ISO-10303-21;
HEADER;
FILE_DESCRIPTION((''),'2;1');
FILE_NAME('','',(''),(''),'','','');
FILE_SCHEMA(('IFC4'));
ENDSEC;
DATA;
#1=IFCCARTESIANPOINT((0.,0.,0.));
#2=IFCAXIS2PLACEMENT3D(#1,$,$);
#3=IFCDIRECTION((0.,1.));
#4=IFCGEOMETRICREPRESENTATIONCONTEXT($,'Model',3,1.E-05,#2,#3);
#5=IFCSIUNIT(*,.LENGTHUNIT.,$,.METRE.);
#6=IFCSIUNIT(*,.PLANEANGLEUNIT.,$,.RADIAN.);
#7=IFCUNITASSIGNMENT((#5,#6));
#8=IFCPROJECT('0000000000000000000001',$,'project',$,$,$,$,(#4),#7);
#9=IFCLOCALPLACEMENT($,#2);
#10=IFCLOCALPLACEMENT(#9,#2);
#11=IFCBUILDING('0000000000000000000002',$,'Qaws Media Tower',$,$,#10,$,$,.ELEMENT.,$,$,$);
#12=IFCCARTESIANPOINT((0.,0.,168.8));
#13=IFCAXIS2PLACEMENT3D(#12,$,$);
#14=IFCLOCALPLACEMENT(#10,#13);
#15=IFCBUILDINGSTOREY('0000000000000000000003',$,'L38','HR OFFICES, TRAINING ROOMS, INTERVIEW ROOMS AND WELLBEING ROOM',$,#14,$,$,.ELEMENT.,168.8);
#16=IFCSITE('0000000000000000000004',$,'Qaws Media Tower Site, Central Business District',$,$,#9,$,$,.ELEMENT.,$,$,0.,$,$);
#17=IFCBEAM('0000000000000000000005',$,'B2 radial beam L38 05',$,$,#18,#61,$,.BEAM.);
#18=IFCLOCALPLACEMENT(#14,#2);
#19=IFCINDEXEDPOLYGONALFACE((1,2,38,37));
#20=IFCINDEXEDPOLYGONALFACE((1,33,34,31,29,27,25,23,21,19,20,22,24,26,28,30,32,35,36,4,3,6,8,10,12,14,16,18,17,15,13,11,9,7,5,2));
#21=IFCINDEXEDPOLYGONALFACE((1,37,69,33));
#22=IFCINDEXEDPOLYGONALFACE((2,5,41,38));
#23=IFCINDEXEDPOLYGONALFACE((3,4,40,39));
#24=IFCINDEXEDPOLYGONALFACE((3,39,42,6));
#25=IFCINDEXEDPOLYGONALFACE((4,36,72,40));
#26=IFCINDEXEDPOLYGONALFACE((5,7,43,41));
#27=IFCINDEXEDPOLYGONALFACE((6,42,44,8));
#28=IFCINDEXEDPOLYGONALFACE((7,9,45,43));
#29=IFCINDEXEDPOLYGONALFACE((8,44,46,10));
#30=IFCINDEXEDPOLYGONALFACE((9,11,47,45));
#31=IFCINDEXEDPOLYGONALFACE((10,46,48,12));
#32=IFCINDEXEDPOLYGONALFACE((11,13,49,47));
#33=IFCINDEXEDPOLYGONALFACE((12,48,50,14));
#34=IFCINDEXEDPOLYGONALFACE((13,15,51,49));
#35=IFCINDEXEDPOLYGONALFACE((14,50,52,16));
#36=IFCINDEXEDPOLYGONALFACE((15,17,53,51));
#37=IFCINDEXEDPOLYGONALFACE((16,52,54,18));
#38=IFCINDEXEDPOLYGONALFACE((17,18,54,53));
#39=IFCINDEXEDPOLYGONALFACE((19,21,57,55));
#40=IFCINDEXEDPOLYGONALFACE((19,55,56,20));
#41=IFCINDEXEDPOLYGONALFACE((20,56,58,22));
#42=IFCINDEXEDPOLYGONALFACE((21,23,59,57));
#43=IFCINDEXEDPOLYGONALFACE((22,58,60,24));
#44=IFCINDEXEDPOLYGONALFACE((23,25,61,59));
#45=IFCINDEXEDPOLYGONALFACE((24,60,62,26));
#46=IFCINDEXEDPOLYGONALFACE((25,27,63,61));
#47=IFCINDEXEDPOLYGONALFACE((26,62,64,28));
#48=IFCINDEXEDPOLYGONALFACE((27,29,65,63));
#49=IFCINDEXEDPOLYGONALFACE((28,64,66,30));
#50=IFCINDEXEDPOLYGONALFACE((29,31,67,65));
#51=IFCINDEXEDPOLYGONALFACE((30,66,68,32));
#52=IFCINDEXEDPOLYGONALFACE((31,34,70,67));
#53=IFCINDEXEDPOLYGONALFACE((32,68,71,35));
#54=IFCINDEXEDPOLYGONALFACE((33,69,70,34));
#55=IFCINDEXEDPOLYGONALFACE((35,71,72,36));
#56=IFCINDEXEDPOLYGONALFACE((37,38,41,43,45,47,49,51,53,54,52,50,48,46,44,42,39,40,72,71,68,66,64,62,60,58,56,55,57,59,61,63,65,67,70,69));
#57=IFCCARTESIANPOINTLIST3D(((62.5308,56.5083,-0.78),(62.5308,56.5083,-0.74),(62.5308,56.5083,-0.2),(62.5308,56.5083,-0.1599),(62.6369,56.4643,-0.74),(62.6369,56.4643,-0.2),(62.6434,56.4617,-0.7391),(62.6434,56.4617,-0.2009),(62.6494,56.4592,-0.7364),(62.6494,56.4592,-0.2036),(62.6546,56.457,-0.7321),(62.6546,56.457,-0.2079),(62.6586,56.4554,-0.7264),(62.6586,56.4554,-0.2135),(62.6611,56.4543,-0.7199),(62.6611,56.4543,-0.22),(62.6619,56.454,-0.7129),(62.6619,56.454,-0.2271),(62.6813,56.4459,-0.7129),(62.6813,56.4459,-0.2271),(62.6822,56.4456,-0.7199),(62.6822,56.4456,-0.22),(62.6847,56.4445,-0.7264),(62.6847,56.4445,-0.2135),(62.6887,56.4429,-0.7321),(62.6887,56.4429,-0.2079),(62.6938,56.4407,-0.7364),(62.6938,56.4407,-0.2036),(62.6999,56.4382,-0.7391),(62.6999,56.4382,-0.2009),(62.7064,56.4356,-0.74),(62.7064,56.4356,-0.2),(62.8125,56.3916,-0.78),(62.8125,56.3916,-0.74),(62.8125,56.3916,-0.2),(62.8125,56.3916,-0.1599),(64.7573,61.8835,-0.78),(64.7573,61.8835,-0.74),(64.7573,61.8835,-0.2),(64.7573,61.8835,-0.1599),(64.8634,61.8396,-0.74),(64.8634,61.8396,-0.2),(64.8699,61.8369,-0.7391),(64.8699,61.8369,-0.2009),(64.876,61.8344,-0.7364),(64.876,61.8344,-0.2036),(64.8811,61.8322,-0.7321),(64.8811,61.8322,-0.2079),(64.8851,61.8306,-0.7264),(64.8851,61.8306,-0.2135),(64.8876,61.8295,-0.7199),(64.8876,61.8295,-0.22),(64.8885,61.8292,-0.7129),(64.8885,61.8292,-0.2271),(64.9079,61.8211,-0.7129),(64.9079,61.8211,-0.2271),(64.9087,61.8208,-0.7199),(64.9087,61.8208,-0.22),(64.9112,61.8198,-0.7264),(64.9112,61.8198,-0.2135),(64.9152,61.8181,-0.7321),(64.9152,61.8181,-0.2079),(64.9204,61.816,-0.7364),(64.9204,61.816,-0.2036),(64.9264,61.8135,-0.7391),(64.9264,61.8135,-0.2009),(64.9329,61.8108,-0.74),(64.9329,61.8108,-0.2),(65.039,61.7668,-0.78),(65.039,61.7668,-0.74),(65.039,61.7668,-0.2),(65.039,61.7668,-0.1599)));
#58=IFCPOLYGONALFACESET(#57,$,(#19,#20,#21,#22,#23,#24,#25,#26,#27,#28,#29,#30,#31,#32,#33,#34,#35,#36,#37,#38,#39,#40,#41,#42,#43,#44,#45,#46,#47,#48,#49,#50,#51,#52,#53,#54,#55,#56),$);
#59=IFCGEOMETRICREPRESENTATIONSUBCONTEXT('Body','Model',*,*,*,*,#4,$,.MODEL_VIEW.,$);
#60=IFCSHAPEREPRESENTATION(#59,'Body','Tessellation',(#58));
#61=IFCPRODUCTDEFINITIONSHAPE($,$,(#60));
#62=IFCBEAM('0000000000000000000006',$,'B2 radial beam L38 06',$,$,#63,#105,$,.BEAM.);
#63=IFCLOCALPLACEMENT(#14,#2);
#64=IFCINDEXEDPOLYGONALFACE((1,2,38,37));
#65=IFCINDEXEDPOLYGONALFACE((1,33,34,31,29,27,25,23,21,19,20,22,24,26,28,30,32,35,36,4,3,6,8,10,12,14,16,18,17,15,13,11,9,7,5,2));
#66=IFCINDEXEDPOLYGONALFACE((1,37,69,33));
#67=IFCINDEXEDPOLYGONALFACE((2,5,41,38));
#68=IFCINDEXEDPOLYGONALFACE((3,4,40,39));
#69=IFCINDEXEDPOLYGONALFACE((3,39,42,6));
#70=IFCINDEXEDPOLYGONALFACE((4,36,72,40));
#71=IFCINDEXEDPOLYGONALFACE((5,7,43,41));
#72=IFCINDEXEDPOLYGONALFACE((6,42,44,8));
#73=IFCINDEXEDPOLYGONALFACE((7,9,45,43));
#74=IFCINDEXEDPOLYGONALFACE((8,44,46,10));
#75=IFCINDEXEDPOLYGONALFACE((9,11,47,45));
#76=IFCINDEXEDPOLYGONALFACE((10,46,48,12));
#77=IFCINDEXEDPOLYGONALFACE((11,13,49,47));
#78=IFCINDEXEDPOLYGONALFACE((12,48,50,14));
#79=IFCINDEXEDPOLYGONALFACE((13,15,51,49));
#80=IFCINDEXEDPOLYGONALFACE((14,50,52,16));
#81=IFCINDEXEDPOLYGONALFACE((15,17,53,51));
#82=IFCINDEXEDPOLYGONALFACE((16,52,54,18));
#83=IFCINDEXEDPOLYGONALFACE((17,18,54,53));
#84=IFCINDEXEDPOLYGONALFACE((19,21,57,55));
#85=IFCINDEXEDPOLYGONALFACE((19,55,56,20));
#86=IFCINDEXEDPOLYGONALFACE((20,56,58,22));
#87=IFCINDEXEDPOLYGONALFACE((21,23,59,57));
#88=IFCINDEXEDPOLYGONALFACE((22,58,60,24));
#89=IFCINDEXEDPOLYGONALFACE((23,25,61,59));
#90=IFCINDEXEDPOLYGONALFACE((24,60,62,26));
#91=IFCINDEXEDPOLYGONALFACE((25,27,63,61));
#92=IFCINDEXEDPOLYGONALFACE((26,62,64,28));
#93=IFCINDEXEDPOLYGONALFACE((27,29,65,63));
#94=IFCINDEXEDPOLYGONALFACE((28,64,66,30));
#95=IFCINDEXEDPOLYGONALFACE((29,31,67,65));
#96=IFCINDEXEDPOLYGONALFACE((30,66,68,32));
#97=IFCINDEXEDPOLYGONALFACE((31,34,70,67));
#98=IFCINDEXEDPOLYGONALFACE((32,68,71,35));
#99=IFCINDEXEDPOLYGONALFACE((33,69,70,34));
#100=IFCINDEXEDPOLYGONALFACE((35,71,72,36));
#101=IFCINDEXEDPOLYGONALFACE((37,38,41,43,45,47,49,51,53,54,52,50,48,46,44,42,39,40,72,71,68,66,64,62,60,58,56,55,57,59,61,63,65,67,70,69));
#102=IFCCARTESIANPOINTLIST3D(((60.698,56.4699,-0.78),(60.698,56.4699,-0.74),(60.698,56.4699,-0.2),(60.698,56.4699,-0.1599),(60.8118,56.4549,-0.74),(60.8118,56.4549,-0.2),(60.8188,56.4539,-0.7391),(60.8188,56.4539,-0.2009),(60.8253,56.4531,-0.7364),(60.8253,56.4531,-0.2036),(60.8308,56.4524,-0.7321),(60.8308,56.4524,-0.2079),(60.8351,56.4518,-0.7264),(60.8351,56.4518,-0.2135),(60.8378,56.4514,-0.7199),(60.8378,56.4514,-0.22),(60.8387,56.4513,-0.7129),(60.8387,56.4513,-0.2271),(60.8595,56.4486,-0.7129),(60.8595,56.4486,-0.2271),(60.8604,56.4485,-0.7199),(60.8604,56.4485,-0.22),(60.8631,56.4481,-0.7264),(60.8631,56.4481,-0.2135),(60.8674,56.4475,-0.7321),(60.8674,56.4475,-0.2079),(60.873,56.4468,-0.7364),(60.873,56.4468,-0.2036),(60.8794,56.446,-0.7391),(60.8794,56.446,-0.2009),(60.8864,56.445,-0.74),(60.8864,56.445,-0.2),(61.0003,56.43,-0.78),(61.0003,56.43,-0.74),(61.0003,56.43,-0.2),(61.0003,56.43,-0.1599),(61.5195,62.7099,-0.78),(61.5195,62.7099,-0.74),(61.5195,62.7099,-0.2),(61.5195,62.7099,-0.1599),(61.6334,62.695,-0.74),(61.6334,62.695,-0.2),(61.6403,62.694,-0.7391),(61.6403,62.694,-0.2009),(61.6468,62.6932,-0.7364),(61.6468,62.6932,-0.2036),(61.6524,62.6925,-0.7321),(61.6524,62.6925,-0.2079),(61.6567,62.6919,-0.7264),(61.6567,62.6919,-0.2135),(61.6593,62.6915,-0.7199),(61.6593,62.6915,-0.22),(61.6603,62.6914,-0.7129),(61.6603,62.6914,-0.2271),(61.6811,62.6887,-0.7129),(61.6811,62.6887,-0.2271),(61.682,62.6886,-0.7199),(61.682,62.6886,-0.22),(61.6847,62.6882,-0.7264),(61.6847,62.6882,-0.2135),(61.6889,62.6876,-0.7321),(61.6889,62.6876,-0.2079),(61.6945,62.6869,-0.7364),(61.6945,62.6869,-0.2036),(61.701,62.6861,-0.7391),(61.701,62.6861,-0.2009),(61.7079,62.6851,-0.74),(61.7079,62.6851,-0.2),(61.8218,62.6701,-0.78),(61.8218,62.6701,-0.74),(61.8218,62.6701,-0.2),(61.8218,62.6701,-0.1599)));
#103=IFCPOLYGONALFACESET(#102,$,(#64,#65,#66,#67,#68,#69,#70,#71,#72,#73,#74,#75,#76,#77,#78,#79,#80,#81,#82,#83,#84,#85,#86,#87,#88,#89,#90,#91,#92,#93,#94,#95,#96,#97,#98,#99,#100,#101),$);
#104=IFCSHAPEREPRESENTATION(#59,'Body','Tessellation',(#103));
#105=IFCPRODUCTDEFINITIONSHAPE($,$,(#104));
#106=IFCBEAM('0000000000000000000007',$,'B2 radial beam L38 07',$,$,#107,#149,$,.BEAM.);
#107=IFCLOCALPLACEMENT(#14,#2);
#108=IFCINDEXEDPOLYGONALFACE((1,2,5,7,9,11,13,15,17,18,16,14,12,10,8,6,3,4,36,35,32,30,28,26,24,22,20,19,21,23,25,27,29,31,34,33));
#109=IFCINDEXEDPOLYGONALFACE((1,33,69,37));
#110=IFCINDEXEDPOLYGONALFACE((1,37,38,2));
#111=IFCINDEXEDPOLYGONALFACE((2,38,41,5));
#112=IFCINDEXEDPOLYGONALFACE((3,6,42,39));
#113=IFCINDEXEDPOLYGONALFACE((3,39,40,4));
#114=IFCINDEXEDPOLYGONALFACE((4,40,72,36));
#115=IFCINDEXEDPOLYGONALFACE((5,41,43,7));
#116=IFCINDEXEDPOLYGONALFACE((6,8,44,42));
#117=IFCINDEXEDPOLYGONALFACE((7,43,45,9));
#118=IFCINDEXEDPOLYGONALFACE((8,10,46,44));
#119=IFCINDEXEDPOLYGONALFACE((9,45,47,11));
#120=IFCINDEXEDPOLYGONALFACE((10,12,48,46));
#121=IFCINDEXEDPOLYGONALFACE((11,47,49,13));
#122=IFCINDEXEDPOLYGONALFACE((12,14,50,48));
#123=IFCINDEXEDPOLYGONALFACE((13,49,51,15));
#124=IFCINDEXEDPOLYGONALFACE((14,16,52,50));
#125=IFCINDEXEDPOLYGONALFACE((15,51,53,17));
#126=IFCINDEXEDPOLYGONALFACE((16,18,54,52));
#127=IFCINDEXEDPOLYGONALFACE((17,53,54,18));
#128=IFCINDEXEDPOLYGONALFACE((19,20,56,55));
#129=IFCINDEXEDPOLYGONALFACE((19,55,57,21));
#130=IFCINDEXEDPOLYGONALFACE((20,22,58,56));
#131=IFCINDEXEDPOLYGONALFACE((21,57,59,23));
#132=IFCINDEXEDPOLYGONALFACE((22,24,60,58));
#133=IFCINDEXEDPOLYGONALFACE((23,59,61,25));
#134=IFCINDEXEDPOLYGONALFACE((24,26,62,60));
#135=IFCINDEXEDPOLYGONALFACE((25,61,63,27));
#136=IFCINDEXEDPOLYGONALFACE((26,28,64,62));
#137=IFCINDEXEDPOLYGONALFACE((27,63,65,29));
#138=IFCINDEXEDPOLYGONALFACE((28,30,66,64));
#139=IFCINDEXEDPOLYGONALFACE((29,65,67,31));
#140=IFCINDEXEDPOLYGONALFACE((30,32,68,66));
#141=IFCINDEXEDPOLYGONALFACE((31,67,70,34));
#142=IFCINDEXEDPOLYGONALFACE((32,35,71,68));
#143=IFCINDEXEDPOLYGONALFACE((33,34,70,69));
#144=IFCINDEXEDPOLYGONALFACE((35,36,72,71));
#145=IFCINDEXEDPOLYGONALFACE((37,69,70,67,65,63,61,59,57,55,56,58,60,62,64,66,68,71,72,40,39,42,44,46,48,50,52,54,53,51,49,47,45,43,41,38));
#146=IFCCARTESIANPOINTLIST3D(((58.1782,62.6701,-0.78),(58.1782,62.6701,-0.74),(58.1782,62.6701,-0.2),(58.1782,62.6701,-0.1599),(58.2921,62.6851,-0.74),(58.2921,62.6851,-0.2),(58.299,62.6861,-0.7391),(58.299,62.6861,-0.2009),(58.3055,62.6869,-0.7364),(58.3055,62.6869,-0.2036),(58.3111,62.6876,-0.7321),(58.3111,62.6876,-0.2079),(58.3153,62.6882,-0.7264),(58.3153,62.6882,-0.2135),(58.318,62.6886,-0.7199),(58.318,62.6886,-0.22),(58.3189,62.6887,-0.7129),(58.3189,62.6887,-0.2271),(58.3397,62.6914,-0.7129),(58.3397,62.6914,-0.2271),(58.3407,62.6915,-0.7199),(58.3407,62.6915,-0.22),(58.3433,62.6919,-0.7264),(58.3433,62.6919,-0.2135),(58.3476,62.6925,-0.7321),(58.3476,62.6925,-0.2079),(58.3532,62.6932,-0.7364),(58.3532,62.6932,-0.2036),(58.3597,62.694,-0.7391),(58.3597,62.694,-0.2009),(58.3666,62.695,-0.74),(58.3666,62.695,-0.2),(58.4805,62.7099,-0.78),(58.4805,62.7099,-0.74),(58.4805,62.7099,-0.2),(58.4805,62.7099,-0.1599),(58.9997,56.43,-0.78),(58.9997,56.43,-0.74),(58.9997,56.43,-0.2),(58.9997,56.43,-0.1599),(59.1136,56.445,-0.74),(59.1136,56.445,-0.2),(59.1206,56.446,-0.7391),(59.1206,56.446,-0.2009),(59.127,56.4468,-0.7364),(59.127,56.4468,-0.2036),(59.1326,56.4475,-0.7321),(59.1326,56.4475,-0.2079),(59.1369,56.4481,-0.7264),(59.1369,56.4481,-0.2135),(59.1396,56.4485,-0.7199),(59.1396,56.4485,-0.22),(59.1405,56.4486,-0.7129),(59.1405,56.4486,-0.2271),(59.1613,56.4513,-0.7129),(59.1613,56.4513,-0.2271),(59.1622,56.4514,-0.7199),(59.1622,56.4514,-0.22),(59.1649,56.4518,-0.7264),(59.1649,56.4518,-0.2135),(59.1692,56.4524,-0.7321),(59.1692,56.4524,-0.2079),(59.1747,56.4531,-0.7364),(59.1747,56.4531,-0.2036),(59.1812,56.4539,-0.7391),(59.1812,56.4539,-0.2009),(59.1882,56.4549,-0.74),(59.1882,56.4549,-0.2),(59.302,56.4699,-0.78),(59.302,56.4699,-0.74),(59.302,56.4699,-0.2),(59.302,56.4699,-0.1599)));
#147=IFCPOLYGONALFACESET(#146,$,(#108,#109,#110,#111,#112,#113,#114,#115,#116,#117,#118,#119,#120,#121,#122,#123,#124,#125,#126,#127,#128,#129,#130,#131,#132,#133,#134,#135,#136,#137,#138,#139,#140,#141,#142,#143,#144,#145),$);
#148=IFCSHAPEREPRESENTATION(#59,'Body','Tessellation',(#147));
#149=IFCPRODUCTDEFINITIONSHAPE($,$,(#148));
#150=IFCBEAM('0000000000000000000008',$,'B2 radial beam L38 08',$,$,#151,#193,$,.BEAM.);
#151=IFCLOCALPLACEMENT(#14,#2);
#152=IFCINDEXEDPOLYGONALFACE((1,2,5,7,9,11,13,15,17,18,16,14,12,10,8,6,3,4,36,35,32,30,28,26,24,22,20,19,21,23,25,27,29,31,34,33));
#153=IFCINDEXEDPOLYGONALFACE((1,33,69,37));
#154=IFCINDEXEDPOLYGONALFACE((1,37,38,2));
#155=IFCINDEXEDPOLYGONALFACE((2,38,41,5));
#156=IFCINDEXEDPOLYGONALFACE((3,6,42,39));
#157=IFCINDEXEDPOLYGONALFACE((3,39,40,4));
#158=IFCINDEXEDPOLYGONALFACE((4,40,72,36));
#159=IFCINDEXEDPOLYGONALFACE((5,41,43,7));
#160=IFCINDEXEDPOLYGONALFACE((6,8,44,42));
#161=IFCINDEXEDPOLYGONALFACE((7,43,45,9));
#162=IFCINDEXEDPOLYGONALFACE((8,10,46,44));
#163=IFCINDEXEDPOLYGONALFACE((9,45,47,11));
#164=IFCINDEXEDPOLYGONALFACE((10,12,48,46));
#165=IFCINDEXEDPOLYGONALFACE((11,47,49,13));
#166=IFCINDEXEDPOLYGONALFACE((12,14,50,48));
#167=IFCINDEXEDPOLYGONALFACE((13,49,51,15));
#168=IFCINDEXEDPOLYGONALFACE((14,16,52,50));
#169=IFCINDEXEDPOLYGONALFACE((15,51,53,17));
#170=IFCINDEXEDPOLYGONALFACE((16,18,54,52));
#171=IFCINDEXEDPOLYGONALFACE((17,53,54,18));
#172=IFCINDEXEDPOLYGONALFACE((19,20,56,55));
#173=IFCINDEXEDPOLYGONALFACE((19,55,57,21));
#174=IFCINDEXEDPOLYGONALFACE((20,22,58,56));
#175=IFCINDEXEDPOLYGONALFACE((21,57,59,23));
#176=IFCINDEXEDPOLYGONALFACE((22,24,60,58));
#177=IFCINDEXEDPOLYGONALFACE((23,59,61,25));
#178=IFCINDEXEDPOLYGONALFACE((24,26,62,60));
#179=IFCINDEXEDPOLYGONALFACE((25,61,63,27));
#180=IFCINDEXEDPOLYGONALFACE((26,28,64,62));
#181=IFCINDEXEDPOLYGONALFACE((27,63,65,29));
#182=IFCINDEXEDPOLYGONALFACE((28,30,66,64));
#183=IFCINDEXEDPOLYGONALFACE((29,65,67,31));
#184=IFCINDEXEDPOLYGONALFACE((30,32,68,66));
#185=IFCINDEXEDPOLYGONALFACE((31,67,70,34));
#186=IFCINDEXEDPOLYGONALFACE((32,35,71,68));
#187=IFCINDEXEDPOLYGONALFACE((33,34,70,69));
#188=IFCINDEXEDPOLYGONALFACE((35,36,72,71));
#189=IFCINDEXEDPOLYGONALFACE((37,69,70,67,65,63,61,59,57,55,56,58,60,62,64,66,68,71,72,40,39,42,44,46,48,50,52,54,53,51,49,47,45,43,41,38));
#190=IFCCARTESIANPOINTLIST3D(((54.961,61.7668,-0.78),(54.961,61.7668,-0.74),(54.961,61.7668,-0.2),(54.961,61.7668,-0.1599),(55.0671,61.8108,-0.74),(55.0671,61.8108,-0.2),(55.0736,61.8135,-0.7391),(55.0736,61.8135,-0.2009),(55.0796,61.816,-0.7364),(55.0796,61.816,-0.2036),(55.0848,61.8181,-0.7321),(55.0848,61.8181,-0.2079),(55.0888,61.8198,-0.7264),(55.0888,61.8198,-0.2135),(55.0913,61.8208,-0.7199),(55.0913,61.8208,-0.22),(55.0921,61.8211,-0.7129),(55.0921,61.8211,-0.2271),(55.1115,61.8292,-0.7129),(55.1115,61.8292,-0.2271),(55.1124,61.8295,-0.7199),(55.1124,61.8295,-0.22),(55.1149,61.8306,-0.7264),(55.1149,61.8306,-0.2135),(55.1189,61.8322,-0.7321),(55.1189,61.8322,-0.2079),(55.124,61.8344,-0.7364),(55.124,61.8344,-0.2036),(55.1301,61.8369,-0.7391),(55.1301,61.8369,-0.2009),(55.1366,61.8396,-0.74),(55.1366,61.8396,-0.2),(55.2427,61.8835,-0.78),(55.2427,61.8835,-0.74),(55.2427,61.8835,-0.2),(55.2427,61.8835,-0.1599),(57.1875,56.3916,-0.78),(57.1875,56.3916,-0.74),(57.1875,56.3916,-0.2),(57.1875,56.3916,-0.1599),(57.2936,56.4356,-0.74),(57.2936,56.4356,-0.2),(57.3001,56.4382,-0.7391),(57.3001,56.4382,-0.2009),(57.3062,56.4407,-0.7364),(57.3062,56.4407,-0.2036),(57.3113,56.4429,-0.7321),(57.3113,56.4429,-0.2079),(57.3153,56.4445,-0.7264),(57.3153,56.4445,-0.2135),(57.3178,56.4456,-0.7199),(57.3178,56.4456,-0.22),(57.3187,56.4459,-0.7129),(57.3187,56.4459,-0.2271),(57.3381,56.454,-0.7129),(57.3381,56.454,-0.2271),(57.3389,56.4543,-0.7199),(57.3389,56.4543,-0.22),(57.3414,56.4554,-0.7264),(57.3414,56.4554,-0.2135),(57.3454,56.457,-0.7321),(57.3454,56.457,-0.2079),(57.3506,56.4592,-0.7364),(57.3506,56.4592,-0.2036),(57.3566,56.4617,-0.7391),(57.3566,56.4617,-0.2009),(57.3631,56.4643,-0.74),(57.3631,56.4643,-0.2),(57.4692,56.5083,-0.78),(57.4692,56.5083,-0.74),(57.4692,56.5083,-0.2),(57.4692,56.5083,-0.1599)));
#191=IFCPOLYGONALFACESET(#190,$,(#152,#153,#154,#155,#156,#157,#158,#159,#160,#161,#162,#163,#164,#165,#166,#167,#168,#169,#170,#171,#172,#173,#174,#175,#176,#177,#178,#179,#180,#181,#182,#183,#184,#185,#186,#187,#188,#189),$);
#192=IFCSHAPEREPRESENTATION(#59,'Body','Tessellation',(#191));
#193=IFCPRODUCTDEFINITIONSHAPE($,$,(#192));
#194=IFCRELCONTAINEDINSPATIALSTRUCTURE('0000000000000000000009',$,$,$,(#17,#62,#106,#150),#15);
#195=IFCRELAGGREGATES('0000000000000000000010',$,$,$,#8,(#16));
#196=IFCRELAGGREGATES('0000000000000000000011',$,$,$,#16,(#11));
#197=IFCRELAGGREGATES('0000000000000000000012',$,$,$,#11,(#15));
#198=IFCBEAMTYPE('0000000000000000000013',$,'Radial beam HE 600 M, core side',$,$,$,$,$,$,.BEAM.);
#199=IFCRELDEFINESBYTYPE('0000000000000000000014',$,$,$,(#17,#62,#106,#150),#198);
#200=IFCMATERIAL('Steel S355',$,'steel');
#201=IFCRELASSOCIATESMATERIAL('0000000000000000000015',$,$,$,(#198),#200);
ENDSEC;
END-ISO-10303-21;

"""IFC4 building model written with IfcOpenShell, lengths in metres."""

from ifc_helpers import new_model, si_unit, direction, frame, origin, origin_2d, place, context, subcontext, project, spatial, i_section, extrude, material, material_profile, profile_set, type_object, element, save


model = new_model("IFC4")

# Units and contexts
model_context = context("Model", 3, precision=1e-05, world=origin(), true_north=direction((0.0, 1.0)))
body_context = subcontext(model_context, "Body", "Model", "MODEL_VIEW")
ifc_project = project(units=[si_unit("LENGTHUNIT", "METRE"), si_unit("PLANEANGLEUNIT", "RADIAN")], contexts=[model_context])

# Site, building, storey
site_placement = place(None, origin())
site = spatial("IfcSite", under=ifc_project, at=site_placement, Name="Qaws Media Tower Site, Central Business District", CompositionType="ELEMENT", RefElevation=0.0)
building_placement = place(site_placement, origin())
building = spatial("IfcBuilding", under=site, at=building_placement, Name="Qaws Media Tower", CompositionType="ELEMENT")
storey_placement = place(building_placement, frame((0.0, 0.0, 168.8)))
storey = spatial("IfcBuildingStorey", under=building, at=storey_placement, Name="L38", Description="HR OFFICES, TRAINING ROOMS, INTERVIEW ROOMS AND WELLBEING ROOM", CompositionType="ELEMENT", Elevation=168.8)

# Beams
ifc_material_1 = material(Name="Steel S355", Category="steel")
ifc_material_profile_1 = material_profile(ifc_material_1, i_section(OverallWidth=0.3049, OverallDepth=0.6201, WebThickness=0.021, FlangeThickness=0.04, FilletRadius=0.0271, at=origin_2d()), Name="HE 600 M")
ifc_profile_set_1 = profile_set([ifc_material_profile_1], Name="Steel S355")
beam_type_1 = type_object("IfcBeamType", Name="Radial beam HE 600 M, core side", PredefinedType="BEAM", material=ifc_profile_set_1)
beam_1_placement = place(storey_placement, frame((62.6716, 56.45, -0.47), z_axis=(0.382693, 0.923876, 0.0), x_axis=(-0.923876, 0.382693, 0.0)))
element("IfcBeam", 1, at=beam_1_placement, inside=storey, type_object=beam_type_1, Name="B2 radial beam L38 05", PredefinedType="BEAM", context=body_context, shape_type="SweptSolid", body=[
    extrude(i_section(OverallWidth=0.3049, OverallDepth=0.6201, WebThickness=0.021, FlangeThickness=0.04, FilletRadius=0.0271, at=origin_2d()), origin(), (0.0, 0.0, 1.0), 5.8181),
])
for number, where, z_axis, x_axis, name in (
    (2, (60.8491, 56.45, -0.47), (0.13053, 0.991444, 0.0), (-0.991444, 0.13053, 0.0), "B2 radial beam L38 06"),
    (3, (59.1509, 56.45, -0.47), (-0.13053, 0.991444, 0.0), (-0.991444, -0.13053, 0.0), "B2 radial beam L38 07"),
):
    element("IfcBeam", number, at=place(storey_placement, frame(where, z_axis=z_axis, x_axis=x_axis)), inside=storey, type_object=beam_type_1, Name=name, PredefinedType="BEAM", context=body_context, shape_type="SweptSolid", body=[
        extrude(i_section(OverallWidth=0.3049, OverallDepth=0.6201, WebThickness=0.021, FlangeThickness=0.04, FilletRadius=0.0271, at=origin_2d()), origin(), (0.0, 0.0, 1.0), 6.2939),
    ])
beam_2_placement = place(storey_placement, frame((57.3284, 56.45, -0.47), z_axis=(-0.382693, 0.923876, 0.0), x_axis=(-0.923876, -0.382693, 0.0)))
element("IfcBeam", 4, at=beam_2_placement, inside=storey, type_object=beam_type_1, Name="B2 radial beam L38 08", PredefinedType="BEAM", context=body_context, shape_type="SweptSolid", body=[
    extrude(i_section(OverallWidth=0.3049, OverallDepth=0.6201, WebThickness=0.021, FlangeThickness=0.04, FilletRadius=0.0271, at=origin_2d()), origin(), (0.0, 0.0, 1.0), 5.8181),
])

save(model, "model.ifc")
